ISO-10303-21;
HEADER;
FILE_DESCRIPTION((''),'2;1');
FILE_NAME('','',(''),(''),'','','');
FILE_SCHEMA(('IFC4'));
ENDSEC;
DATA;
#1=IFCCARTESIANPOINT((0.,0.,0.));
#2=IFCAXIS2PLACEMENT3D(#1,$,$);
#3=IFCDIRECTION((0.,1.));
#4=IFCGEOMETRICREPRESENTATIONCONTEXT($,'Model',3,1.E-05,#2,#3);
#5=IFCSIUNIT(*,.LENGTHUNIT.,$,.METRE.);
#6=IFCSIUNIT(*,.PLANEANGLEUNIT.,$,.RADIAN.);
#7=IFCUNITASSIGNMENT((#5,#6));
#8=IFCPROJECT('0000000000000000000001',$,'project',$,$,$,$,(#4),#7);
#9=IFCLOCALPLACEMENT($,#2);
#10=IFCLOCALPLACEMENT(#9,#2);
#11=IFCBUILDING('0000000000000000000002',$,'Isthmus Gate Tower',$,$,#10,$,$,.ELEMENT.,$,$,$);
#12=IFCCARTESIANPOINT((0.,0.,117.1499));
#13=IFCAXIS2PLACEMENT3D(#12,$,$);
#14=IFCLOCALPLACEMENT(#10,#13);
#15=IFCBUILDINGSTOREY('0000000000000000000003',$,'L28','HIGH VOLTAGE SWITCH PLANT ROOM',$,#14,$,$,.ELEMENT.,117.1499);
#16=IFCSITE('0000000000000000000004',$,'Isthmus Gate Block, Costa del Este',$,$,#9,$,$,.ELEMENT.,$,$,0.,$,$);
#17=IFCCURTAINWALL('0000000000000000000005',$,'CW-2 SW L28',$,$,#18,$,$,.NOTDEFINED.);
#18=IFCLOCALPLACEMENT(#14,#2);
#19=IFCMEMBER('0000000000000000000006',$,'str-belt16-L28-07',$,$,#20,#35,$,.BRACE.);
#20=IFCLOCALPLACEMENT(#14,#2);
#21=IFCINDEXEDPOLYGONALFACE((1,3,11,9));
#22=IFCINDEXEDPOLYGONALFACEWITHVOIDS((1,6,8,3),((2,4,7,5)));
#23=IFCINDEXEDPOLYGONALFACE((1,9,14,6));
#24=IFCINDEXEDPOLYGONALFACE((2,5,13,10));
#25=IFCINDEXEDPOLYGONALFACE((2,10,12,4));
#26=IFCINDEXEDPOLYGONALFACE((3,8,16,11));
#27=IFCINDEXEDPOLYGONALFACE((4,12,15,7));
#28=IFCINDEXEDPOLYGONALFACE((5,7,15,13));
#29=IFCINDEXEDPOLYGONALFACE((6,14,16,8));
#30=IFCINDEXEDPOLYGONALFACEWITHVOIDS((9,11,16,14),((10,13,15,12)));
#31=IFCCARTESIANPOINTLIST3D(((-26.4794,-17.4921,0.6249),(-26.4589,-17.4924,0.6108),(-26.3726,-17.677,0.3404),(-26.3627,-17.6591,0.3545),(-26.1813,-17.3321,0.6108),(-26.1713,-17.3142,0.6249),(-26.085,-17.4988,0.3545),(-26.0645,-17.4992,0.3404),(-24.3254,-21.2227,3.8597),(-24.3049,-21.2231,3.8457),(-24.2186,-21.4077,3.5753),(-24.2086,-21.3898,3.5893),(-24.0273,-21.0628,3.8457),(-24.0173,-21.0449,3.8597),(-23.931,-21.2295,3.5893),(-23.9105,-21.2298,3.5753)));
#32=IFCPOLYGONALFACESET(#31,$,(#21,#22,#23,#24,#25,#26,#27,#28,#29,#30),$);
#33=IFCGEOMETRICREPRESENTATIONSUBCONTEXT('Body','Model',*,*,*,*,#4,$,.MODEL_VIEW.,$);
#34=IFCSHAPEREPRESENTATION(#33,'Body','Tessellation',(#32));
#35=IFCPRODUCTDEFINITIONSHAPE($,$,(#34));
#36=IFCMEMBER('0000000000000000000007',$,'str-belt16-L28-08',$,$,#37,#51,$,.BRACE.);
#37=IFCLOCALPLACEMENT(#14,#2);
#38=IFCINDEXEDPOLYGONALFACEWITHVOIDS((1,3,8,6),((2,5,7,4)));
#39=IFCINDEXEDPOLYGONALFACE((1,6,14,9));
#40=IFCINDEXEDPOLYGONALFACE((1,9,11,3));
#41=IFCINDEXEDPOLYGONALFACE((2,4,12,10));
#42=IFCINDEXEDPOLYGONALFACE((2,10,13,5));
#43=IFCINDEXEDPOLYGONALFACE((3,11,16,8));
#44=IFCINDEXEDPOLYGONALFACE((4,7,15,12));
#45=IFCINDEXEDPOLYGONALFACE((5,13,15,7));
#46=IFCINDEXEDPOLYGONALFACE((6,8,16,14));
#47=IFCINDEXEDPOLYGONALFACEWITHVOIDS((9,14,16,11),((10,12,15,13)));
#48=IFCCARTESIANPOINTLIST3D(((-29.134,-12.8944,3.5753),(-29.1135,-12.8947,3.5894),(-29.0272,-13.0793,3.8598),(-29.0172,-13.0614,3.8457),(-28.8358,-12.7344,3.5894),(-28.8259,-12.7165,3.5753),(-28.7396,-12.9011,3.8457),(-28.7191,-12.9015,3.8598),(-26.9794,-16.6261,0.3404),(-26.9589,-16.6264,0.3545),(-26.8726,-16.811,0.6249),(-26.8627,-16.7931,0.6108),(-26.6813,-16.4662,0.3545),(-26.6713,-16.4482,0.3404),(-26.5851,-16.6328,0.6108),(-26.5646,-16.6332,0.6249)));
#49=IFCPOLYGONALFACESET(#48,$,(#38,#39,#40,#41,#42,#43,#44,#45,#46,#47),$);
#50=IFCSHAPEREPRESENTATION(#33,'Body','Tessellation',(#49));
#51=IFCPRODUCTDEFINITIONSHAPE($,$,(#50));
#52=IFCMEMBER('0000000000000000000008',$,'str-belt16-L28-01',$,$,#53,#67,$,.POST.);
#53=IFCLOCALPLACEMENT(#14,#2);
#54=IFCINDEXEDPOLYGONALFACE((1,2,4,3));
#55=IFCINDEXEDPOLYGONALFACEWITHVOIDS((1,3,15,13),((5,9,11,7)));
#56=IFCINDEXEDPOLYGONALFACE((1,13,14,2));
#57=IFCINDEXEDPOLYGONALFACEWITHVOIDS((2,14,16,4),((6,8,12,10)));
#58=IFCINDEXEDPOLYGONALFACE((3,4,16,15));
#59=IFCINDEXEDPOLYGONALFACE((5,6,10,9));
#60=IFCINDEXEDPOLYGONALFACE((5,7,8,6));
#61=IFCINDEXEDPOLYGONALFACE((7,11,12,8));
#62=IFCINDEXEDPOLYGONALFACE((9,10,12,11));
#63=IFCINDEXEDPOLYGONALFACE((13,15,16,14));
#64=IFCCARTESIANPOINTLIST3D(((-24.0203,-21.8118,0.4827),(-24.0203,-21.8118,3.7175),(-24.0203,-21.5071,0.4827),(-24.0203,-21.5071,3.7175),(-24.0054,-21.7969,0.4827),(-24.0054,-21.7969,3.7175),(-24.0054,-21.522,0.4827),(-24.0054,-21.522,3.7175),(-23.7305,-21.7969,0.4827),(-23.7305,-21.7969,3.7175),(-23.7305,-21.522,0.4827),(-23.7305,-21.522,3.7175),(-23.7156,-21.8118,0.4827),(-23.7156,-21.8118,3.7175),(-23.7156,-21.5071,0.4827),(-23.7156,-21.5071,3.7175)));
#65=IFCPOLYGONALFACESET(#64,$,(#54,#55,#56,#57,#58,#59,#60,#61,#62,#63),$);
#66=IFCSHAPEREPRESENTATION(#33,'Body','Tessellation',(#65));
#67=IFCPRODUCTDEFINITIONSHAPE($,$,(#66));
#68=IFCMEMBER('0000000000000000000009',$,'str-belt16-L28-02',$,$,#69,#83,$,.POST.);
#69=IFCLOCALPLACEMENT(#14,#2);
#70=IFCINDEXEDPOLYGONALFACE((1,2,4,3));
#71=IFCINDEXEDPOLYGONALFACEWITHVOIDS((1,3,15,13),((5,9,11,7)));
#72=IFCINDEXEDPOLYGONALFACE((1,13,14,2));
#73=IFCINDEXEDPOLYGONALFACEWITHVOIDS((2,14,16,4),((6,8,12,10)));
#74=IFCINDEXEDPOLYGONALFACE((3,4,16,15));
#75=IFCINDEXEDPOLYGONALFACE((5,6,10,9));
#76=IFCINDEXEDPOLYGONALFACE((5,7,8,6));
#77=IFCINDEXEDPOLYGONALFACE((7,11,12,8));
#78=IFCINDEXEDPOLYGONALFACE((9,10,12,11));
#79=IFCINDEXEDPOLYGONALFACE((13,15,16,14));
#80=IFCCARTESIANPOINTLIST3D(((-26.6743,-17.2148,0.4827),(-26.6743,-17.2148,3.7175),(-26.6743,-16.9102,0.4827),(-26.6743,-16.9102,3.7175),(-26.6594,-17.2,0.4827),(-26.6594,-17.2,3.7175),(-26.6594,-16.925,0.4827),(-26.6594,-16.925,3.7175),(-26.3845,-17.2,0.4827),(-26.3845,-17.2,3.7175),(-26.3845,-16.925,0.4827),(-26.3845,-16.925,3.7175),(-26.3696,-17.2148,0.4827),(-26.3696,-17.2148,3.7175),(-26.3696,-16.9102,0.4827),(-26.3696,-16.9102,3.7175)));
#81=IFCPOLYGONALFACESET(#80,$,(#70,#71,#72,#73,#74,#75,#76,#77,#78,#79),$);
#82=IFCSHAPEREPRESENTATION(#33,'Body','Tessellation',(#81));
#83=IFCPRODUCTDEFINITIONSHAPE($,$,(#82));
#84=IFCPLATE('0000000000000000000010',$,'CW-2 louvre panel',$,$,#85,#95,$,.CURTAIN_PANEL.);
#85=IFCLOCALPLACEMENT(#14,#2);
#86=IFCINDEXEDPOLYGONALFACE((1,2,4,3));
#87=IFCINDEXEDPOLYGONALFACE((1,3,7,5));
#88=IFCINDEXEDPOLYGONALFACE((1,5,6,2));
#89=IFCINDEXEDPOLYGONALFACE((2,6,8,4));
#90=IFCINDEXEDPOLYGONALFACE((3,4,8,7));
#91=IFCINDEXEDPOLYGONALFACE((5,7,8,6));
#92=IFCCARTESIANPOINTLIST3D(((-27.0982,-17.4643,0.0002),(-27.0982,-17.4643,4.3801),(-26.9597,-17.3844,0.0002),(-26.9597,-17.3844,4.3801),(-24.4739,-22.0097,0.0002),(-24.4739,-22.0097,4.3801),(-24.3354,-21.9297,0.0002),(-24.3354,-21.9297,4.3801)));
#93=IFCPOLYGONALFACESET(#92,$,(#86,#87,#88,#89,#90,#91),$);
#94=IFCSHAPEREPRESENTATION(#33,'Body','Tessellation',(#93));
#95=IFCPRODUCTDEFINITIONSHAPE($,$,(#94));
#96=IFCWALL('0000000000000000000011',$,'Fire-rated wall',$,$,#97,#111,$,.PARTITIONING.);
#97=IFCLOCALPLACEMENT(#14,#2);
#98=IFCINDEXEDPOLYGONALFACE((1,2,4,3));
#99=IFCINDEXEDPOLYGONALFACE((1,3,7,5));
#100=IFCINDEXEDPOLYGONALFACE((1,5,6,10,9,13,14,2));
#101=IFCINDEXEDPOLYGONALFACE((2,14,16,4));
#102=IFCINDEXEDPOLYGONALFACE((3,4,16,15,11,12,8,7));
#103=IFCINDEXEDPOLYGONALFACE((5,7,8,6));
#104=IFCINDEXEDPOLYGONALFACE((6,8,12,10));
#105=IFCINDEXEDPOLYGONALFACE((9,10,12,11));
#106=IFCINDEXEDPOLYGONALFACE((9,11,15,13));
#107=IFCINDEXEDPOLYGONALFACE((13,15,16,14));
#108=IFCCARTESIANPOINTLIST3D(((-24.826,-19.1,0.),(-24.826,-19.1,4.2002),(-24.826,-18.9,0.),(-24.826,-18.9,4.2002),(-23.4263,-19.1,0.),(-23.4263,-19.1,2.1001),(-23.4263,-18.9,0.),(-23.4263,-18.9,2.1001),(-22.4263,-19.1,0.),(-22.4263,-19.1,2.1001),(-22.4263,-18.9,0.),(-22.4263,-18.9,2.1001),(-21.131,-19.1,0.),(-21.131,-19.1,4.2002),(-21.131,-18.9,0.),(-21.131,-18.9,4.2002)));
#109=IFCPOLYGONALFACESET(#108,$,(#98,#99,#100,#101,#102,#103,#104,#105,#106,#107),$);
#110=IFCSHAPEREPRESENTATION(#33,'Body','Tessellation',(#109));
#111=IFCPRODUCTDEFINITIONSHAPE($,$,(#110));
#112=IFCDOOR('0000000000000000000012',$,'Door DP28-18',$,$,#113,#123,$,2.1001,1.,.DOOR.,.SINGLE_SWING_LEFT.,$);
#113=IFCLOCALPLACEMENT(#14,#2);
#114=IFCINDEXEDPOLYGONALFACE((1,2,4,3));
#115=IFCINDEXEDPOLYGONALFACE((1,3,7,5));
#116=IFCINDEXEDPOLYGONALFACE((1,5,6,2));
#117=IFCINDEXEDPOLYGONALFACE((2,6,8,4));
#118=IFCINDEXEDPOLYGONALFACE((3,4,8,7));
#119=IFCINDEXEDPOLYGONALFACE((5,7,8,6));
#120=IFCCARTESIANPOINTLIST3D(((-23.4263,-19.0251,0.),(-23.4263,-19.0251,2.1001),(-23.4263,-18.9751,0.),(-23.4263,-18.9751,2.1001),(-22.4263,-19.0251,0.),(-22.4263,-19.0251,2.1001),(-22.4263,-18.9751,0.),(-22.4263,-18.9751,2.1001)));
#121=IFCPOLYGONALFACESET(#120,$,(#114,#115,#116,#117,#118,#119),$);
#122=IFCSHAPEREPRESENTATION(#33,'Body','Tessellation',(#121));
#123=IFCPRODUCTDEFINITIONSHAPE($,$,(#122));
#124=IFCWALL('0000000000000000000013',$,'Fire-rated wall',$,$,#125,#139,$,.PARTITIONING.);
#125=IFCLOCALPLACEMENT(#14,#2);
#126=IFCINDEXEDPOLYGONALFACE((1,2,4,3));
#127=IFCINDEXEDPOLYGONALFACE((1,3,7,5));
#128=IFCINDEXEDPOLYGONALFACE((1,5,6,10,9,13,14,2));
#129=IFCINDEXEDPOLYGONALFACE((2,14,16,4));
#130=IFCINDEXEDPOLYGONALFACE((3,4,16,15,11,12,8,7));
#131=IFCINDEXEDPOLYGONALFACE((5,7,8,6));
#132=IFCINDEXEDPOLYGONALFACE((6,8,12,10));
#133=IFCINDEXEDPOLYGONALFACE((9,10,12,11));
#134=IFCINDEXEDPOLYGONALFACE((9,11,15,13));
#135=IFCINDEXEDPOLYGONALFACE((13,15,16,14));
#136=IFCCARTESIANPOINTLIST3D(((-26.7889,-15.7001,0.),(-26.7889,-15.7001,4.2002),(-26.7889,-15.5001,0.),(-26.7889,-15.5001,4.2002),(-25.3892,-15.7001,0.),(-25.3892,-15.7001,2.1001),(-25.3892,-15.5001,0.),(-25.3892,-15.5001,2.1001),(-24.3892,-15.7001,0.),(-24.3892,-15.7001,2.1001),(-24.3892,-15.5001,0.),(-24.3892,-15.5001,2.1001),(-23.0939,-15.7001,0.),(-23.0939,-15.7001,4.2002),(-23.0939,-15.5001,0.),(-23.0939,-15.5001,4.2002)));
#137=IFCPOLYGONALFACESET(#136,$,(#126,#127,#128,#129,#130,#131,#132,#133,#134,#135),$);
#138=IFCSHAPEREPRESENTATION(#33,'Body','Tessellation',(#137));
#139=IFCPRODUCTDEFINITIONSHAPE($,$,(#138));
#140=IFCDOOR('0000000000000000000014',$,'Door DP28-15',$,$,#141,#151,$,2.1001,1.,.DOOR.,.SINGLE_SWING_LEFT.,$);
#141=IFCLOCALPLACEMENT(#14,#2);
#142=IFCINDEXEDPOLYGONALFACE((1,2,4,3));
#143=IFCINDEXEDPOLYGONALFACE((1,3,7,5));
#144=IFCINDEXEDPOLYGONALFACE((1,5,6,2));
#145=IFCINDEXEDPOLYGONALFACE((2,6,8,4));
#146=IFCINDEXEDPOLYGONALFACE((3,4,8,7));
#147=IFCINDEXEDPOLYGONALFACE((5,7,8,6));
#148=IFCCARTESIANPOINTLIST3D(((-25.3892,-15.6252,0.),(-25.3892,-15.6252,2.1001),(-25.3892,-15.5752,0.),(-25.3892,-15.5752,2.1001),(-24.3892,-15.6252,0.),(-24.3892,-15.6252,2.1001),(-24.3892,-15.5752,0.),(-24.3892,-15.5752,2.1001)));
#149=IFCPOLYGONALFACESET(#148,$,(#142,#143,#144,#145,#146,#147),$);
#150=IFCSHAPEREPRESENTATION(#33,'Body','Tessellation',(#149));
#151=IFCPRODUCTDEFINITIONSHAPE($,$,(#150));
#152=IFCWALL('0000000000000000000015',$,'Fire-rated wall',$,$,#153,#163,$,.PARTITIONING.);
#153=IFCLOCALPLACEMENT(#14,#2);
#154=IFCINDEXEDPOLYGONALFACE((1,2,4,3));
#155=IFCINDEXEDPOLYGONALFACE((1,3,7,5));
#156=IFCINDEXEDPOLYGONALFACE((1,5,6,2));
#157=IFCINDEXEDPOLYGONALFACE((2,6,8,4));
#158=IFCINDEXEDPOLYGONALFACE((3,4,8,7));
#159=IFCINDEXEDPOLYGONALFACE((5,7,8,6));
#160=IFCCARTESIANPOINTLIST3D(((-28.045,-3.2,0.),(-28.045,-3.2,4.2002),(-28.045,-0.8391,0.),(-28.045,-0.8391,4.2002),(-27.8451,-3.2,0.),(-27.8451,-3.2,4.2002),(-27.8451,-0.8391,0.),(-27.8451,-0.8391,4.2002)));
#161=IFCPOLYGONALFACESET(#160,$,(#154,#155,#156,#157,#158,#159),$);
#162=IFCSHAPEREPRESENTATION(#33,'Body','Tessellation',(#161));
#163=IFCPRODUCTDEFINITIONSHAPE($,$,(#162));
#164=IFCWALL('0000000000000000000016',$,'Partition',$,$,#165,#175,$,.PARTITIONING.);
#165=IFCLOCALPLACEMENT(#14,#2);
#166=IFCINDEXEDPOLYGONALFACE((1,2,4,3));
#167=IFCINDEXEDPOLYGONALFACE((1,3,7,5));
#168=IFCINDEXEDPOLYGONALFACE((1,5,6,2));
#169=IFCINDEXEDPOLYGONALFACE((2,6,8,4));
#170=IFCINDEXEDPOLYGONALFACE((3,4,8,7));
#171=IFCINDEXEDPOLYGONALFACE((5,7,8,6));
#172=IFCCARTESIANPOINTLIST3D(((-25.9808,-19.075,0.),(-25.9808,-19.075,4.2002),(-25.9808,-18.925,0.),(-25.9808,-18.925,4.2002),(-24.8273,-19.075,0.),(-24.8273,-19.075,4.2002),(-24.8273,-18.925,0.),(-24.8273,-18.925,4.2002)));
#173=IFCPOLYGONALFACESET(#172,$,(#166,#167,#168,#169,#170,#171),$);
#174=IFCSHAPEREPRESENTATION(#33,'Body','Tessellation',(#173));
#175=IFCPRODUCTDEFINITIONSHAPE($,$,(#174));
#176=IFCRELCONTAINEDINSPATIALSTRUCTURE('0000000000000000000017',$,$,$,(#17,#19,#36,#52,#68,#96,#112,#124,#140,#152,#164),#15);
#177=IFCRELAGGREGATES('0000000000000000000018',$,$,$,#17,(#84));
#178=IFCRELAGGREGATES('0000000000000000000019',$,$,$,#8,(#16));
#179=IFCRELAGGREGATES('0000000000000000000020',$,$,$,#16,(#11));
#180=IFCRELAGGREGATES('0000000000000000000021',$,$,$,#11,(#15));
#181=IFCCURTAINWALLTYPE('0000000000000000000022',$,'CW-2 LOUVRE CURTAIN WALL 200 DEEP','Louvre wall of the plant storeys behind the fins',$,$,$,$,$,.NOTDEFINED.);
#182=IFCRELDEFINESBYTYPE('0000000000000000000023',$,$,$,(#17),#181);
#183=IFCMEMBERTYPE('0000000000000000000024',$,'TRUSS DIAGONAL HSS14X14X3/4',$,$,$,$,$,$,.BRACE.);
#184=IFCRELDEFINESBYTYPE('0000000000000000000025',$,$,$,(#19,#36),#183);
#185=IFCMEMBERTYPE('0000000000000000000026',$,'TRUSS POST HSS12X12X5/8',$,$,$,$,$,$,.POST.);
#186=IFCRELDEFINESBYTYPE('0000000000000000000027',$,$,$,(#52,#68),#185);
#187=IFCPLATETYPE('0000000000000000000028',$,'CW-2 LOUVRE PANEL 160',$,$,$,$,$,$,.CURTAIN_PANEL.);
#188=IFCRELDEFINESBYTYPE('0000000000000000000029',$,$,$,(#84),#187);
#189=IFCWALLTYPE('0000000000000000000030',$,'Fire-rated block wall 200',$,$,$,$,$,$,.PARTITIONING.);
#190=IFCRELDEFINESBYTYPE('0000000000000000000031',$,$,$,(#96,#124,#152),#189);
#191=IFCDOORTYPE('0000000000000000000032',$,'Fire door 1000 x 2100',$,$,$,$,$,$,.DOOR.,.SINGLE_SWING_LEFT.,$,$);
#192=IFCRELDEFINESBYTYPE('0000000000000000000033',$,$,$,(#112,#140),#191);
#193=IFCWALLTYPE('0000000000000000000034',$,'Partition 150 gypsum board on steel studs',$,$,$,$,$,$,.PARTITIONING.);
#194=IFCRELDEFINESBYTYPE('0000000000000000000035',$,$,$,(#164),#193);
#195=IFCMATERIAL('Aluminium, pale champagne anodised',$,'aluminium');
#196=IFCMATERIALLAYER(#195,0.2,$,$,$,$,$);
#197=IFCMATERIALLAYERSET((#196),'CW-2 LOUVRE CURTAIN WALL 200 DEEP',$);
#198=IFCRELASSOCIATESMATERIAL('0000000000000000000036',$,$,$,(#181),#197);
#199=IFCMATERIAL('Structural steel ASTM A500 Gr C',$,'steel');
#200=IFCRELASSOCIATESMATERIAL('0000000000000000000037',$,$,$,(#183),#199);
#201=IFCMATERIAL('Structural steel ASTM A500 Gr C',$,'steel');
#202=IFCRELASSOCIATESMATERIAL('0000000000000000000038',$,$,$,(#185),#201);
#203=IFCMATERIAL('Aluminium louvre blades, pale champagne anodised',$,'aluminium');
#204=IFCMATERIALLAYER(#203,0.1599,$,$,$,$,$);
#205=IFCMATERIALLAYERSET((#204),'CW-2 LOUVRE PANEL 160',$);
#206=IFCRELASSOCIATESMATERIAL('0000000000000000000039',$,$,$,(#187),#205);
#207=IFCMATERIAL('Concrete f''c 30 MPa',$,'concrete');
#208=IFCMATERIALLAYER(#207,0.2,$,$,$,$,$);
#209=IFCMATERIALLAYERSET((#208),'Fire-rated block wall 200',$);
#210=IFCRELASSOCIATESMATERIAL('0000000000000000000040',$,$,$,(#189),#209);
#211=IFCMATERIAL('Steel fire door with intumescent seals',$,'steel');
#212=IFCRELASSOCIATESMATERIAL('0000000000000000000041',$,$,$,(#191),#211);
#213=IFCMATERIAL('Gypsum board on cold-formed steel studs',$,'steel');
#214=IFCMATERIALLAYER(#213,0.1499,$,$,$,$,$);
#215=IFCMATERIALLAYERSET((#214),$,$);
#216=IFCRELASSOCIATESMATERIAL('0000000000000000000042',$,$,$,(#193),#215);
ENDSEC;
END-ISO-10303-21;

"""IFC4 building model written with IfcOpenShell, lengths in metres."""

from ifc_helpers import new_model, si_unit, direction, frame, frame_2d, origin, origin_2d, place, context, subcontext, project, spatial, rectangle, hollow_rectangle, extrude, material, layer, layer_set, material_profile, profile_set, type_object, element, fill, aggregate, save


model = new_model("IFC4")

# Units and contexts
model_context = context("Model", 3, precision=1e-05, world=origin(), true_north=direction((0.0, 1.0)))
body_context = subcontext(model_context, "Body", "Model", "MODEL_VIEW")
ifc_project = project(units=[si_unit("LENGTHUNIT", "METRE"), si_unit("PLANEANGLEUNIT", "RADIAN")], contexts=[model_context])

# Site, building, storey
site_placement = place(None, origin())
site = spatial("IfcSite", under=ifc_project, at=site_placement, Name="Isthmus Gate Block, Costa del Este", CompositionType="ELEMENT", RefElevation=0.0)
building_placement = place(site_placement, origin())
building = spatial("IfcBuilding", under=site, at=building_placement, Name="Isthmus Gate Tower", CompositionType="ELEMENT")
storey_placement = place(building_placement, frame((0.0, 0.0, 117.1499)))
storey = spatial("IfcBuildingStorey", under=building, at=storey_placement, Name="L28", Description="HIGH VOLTAGE SWITCH PLANT ROOM", CompositionType="ELEMENT", Elevation=117.1499)

# Curtain wall
ifc_material_1 = material(Name="Aluminium, pale champagne anodised", Category="aluminium")
ifc_layer_1 = layer(ifc_material_1, 0.2)
ifc_layer_set_1 = layer_set([ifc_layer_1], Name="CW-2 LOUVRE CURTAIN WALL 200 DEEP")
curtain_wall_type = type_object("IfcCurtainWallType", Name="CW-2 LOUVRE CURTAIN WALL 200 DEEP", Description="Louvre wall of the plant storeys behind the fins", PredefinedType="NOTDEFINED", material=ifc_layer_set_1)
curtain_wall_placement = place(storey_placement, origin())
curtain_wall = element("IfcCurtainWall", 1, at=curtain_wall_placement, inside=storey, type_object=curtain_wall_type, Name="CW-2 SW L28", PredefinedType="NOTDEFINED")

# Members
ifc_material_2 = material(Name="Structural steel ASTM A500 Gr C", Category="steel")
ifc_material_profile_1 = material_profile(ifc_material_2, hollow_rectangle(XDim=0.3557, YDim=0.3557, WallThickness=0.0176, at=origin_2d()), Name="HSS14X14X3/4")
ifc_profile_set_1 = profile_set([ifc_material_profile_1], Name="Structural steel ASTM A500 Gr C")
member_type_1 = type_object("IfcMemberType", Name="TRUSS DIAGONAL HSS14X14X3/4", PredefinedType="BRACE", material=ifc_profile_set_1)
member_1_placement = place(storey_placement, frame((-26.272, -17.4956, 0.4827), z_axis=(0.399842, -0.692507, 0.600466), x_axis=(0.866013, 0.500022, 0.0)))
element("IfcMember", 2, at=member_1_placement, inside=storey, type_object=member_type_1, Name="str-belt16-L28-07", PredefinedType="BRACE", context=body_context, shape_type="SweptSolid", body=[
    extrude(hollow_rectangle(XDim=0.3557, YDim=0.3557, WallThickness=0.0176, at=origin_2d()), origin(), (0.0, 0.0, 1.0), 5.3872),
])
member_2_placement = place(storey_placement, frame((-26.772, -16.6296, 0.4827), z_axis=(-0.399868, 0.692577, 0.600369), x_axis=(-0.86602, -0.500009, 0.0)))
element("IfcMember", 3, at=member_2_placement, inside=storey, type_object=member_type_1, Name="str-belt16-L28-08", PredefinedType="BRACE", context=body_context, shape_type="SweptSolid", body=[
    extrude(hollow_rectangle(XDim=0.3557, YDim=0.3557, WallThickness=0.0176, at=origin_2d()), origin(), (0.0, 0.0, 1.0), 5.3882),
])
ifc_material_3 = material(Name="Structural steel ASTM A500 Gr C", Category="steel")
ifc_material_profile_2 = material_profile(ifc_material_3, hollow_rectangle(XDim=0.3047, YDim=0.3047, WallThickness=0.0149, at=origin_2d()), Name="HSS12X12X5/8")
ifc_profile_set_2 = profile_set([ifc_material_profile_2], Name="Structural steel ASTM A500 Gr C")
member_type_2 = type_object("IfcMemberType", Name="TRUSS POST HSS12X12X5/8", PredefinedType="POST", material=ifc_profile_set_2)
for number, where, z_axis, x_axis, name in (
    (4, (-23.8679, -21.6594, 0.4827), (0.0, 0.0, 1.0), (1.0, 0.0, 0.0), "str-belt16-L28-01"),
    (5, (-26.522, -17.0625, 0.4827), (0.0, 0.0, 1.0), (1.0, 0.0, 0.0), "str-belt16-L28-02"),
):
    element("IfcMember", number, at=place(storey_placement, frame(where, z_axis=z_axis, x_axis=x_axis)), inside=storey, type_object=member_type_2, Name=name, PredefinedType="POST", context=body_context, shape_type="SweptSolid", body=[
        extrude(hollow_rectangle(XDim=0.3047, YDim=0.3047, WallThickness=0.0149, at=origin_2d()), origin(), (0.0, 0.0, 1.0), 3.2349),
    ])

# Plate
ifc_material_4 = material(Name="Aluminium louvre blades, pale champagne anodised", Category="aluminium")
ifc_layer_2 = layer(ifc_material_4, 0.1599)
ifc_layer_set_2 = layer_set([ifc_layer_2], Name="CW-2 LOUVRE PANEL 160")
plate_type = type_object("IfcPlateType", Name="CW-2 LOUVRE PANEL 160", PredefinedType="CURTAIN_PANEL", material=ifc_layer_set_2)
plate_placement = place(storey_placement, frame((-25.7168, -19.697, 0.0002), z_axis=(0.0, 0.0, 1.0), x_axis=(0.5, -0.866025, 0.0)))
plate = element("IfcPlate", 6, at=plate_placement, type_object=plate_type, Name="CW-2 louvre panel", PredefinedType="CURTAIN_PANEL", context=body_context, shape_type="SweptSolid", body=[
    extrude(rectangle(XDim=5.2485, YDim=0.1599, at=origin_2d()), origin(), (0.0, 0.0, 1.0), 4.3799),
])
aggregate(curtain_wall, [plate])

# Walls, openings, doors
ifc_material_5 = material(Name="Concrete f'c 30 MPa", Category="concrete")
ifc_layer_3 = layer(ifc_material_5, 0.2)
ifc_layer_set_3 = layer_set([ifc_layer_3], Name="Fire-rated block wall 200")
wall_type_1 = type_object("IfcWallType", Name="Fire-rated block wall 200", PredefinedType="PARTITIONING", material=ifc_layer_set_3)
wall_1_placement = place(storey_placement, frame((-24.8262, -19.0, 0.0), z_axis=(0.0, 0.0, 1.0), x_axis=(1.0, 0.0, 0.0)))
wall_1 = element("IfcWall", 7, at=wall_1_placement, inside=storey, type_object=wall_type_1, Name="Fire-rated wall", PredefinedType="PARTITIONING", context=body_context, shape_type="SweptSolid", body=[
    extrude(rectangle(XDim=3.6951, YDim=0.2, at=frame_2d((1.8477, 0.0))), origin(), (0.0, 0.0, 1.0), 4.2002),
])
opening_1_placement = place(wall_1_placement, frame((1.3999, 0.0, 0.0)))
opening_1 = element("IfcOpeningElement", 8, at=opening_1_placement, cuts=wall_1, PredefinedType="OPENING", context=body_context, shape_type="SweptSolid", body=[
    extrude(rectangle(XDim=1.0, YDim=2.1001, at=frame_2d((0.5, 1.05))), frame((0.0, 0.1099, 0.0), z_axis=(0.0, -1.0, 0.0), x_axis=(1.0, 0.0, 0.0)), (0.0, 0.0, 1.0), 0.22),
])
ifc_material_6 = material(Name="Steel fire door with intumescent seals", Category="steel")
door_type = type_object("IfcDoorType", Name="Fire door 1000 x 2100", OperationType="SINGLE_SWING_LEFT", PredefinedType="DOOR", material=ifc_material_6)
door_1_placement = place(opening_1_placement, origin())
door_1 = element("IfcDoor", 9, at=door_1_placement, inside=storey, type_object=door_type, Name="Door DP28-18", OperationType="SINGLE_SWING_LEFT", OverallHeight=2.1001, OverallWidth=1.0, PredefinedType="DOOR", context=body_context, shape_type="SweptSolid", body=[
    extrude(rectangle(XDim=1.0, YDim=2.1001, at=frame_2d((0.5, 1.05))), frame((0.0, 0.0249, 0.0), z_axis=(0.0, -1.0, 0.0), x_axis=(1.0, 0.0, 0.0)), (0.0, 0.0, 1.0), 0.05),
])
fill(opening_1, door_1)
wall_2_placement = place(storey_placement, frame((-26.7891, -15.6001, 0.0), z_axis=(0.0, 0.0, 1.0), x_axis=(1.0, 0.0, 0.0)))
wall_2 = element("IfcWall", 10, at=wall_2_placement, inside=storey, type_object=wall_type_1, Name="Fire-rated wall", PredefinedType="PARTITIONING", context=body_context, shape_type="SweptSolid", body=[
    extrude(rectangle(XDim=3.6951, YDim=0.2, at=frame_2d((1.8477, 0.0))), origin(), (0.0, 0.0, 1.0), 4.2002),
])
opening_2_placement = place(wall_2_placement, frame((1.3999, 0.0, 0.0)))
opening_2 = element("IfcOpeningElement", 11, at=opening_2_placement, cuts=wall_2, PredefinedType="OPENING", context=body_context, shape_type="SweptSolid", body=[
    extrude(rectangle(XDim=1.0, YDim=2.1001, at=frame_2d((0.5, 1.05))), frame((0.0, 0.1099, 0.0), z_axis=(0.0, -1.0, 0.0), x_axis=(1.0, 0.0, 0.0)), (0.0, 0.0, 1.0), 0.22),
])
door_2_placement = place(opening_2_placement, origin())
door_2 = element("IfcDoor", 12, at=door_2_placement, inside=storey, type_object=door_type, Name="Door DP28-15", OperationType="SINGLE_SWING_LEFT", OverallHeight=2.1001, OverallWidth=1.0, PredefinedType="DOOR", context=body_context, shape_type="SweptSolid", body=[
    extrude(rectangle(XDim=1.0, YDim=2.1001, at=frame_2d((0.5, 1.05))), frame((0.0, 0.0249, 0.0), z_axis=(0.0, -1.0, 0.0), x_axis=(1.0, 0.0, 0.0)), (0.0, 0.0, 1.0), 0.05),
])
fill(opening_2, door_2)

# Walls
wall_3_placement = place(storey_placement, frame((-27.9451, -3.2, 0.0), z_axis=(0.0, 0.0, 1.0), x_axis=(0.0, 1.0, 0.0)))
element("IfcWall", 13, at=wall_3_placement, inside=storey, type_object=wall_type_1, Name="Fire-rated wall", PredefinedType="PARTITIONING", context=body_context, shape_type="SweptSolid", body=[
    extrude(rectangle(XDim=2.3608, YDim=0.2, at=frame_2d((1.1804, 0.0))), origin(), (0.0, 0.0, 1.0), 4.2002),
])
ifc_material_7 = material(Name="Gypsum board on cold-formed steel studs", Category="steel")
ifc_layer_4 = layer(ifc_material_7, 0.1499)
ifc_layer_set_4 = layer_set([ifc_layer_4])
wall_type_2 = type_object("IfcWallType", Name="Partition 150 gypsum board on steel studs", PredefinedType="PARTITIONING", material=ifc_layer_set_4)
for number, where, z_axis, x_axis, name in (
    (14, (-25.9807, -19.0, 0.0), (0.0, 0.0, 1.0), (1.0, 0.0, 0.0), "Partition"),
):
    element("IfcWall", number, at=place(storey_placement, frame(where, z_axis=z_axis, x_axis=x_axis)), inside=storey, type_object=wall_type_2, Name=name, PredefinedType="PARTITIONING", context=body_context, shape_type="SweptSolid", body=[
        extrude(rectangle(XDim=1.1536, YDim=0.1499, at=frame_2d((0.5767, 0.0))), origin(), (0.0, 0.0, 1.0), 4.2002),
    ])

save(model, "model.ifc")
